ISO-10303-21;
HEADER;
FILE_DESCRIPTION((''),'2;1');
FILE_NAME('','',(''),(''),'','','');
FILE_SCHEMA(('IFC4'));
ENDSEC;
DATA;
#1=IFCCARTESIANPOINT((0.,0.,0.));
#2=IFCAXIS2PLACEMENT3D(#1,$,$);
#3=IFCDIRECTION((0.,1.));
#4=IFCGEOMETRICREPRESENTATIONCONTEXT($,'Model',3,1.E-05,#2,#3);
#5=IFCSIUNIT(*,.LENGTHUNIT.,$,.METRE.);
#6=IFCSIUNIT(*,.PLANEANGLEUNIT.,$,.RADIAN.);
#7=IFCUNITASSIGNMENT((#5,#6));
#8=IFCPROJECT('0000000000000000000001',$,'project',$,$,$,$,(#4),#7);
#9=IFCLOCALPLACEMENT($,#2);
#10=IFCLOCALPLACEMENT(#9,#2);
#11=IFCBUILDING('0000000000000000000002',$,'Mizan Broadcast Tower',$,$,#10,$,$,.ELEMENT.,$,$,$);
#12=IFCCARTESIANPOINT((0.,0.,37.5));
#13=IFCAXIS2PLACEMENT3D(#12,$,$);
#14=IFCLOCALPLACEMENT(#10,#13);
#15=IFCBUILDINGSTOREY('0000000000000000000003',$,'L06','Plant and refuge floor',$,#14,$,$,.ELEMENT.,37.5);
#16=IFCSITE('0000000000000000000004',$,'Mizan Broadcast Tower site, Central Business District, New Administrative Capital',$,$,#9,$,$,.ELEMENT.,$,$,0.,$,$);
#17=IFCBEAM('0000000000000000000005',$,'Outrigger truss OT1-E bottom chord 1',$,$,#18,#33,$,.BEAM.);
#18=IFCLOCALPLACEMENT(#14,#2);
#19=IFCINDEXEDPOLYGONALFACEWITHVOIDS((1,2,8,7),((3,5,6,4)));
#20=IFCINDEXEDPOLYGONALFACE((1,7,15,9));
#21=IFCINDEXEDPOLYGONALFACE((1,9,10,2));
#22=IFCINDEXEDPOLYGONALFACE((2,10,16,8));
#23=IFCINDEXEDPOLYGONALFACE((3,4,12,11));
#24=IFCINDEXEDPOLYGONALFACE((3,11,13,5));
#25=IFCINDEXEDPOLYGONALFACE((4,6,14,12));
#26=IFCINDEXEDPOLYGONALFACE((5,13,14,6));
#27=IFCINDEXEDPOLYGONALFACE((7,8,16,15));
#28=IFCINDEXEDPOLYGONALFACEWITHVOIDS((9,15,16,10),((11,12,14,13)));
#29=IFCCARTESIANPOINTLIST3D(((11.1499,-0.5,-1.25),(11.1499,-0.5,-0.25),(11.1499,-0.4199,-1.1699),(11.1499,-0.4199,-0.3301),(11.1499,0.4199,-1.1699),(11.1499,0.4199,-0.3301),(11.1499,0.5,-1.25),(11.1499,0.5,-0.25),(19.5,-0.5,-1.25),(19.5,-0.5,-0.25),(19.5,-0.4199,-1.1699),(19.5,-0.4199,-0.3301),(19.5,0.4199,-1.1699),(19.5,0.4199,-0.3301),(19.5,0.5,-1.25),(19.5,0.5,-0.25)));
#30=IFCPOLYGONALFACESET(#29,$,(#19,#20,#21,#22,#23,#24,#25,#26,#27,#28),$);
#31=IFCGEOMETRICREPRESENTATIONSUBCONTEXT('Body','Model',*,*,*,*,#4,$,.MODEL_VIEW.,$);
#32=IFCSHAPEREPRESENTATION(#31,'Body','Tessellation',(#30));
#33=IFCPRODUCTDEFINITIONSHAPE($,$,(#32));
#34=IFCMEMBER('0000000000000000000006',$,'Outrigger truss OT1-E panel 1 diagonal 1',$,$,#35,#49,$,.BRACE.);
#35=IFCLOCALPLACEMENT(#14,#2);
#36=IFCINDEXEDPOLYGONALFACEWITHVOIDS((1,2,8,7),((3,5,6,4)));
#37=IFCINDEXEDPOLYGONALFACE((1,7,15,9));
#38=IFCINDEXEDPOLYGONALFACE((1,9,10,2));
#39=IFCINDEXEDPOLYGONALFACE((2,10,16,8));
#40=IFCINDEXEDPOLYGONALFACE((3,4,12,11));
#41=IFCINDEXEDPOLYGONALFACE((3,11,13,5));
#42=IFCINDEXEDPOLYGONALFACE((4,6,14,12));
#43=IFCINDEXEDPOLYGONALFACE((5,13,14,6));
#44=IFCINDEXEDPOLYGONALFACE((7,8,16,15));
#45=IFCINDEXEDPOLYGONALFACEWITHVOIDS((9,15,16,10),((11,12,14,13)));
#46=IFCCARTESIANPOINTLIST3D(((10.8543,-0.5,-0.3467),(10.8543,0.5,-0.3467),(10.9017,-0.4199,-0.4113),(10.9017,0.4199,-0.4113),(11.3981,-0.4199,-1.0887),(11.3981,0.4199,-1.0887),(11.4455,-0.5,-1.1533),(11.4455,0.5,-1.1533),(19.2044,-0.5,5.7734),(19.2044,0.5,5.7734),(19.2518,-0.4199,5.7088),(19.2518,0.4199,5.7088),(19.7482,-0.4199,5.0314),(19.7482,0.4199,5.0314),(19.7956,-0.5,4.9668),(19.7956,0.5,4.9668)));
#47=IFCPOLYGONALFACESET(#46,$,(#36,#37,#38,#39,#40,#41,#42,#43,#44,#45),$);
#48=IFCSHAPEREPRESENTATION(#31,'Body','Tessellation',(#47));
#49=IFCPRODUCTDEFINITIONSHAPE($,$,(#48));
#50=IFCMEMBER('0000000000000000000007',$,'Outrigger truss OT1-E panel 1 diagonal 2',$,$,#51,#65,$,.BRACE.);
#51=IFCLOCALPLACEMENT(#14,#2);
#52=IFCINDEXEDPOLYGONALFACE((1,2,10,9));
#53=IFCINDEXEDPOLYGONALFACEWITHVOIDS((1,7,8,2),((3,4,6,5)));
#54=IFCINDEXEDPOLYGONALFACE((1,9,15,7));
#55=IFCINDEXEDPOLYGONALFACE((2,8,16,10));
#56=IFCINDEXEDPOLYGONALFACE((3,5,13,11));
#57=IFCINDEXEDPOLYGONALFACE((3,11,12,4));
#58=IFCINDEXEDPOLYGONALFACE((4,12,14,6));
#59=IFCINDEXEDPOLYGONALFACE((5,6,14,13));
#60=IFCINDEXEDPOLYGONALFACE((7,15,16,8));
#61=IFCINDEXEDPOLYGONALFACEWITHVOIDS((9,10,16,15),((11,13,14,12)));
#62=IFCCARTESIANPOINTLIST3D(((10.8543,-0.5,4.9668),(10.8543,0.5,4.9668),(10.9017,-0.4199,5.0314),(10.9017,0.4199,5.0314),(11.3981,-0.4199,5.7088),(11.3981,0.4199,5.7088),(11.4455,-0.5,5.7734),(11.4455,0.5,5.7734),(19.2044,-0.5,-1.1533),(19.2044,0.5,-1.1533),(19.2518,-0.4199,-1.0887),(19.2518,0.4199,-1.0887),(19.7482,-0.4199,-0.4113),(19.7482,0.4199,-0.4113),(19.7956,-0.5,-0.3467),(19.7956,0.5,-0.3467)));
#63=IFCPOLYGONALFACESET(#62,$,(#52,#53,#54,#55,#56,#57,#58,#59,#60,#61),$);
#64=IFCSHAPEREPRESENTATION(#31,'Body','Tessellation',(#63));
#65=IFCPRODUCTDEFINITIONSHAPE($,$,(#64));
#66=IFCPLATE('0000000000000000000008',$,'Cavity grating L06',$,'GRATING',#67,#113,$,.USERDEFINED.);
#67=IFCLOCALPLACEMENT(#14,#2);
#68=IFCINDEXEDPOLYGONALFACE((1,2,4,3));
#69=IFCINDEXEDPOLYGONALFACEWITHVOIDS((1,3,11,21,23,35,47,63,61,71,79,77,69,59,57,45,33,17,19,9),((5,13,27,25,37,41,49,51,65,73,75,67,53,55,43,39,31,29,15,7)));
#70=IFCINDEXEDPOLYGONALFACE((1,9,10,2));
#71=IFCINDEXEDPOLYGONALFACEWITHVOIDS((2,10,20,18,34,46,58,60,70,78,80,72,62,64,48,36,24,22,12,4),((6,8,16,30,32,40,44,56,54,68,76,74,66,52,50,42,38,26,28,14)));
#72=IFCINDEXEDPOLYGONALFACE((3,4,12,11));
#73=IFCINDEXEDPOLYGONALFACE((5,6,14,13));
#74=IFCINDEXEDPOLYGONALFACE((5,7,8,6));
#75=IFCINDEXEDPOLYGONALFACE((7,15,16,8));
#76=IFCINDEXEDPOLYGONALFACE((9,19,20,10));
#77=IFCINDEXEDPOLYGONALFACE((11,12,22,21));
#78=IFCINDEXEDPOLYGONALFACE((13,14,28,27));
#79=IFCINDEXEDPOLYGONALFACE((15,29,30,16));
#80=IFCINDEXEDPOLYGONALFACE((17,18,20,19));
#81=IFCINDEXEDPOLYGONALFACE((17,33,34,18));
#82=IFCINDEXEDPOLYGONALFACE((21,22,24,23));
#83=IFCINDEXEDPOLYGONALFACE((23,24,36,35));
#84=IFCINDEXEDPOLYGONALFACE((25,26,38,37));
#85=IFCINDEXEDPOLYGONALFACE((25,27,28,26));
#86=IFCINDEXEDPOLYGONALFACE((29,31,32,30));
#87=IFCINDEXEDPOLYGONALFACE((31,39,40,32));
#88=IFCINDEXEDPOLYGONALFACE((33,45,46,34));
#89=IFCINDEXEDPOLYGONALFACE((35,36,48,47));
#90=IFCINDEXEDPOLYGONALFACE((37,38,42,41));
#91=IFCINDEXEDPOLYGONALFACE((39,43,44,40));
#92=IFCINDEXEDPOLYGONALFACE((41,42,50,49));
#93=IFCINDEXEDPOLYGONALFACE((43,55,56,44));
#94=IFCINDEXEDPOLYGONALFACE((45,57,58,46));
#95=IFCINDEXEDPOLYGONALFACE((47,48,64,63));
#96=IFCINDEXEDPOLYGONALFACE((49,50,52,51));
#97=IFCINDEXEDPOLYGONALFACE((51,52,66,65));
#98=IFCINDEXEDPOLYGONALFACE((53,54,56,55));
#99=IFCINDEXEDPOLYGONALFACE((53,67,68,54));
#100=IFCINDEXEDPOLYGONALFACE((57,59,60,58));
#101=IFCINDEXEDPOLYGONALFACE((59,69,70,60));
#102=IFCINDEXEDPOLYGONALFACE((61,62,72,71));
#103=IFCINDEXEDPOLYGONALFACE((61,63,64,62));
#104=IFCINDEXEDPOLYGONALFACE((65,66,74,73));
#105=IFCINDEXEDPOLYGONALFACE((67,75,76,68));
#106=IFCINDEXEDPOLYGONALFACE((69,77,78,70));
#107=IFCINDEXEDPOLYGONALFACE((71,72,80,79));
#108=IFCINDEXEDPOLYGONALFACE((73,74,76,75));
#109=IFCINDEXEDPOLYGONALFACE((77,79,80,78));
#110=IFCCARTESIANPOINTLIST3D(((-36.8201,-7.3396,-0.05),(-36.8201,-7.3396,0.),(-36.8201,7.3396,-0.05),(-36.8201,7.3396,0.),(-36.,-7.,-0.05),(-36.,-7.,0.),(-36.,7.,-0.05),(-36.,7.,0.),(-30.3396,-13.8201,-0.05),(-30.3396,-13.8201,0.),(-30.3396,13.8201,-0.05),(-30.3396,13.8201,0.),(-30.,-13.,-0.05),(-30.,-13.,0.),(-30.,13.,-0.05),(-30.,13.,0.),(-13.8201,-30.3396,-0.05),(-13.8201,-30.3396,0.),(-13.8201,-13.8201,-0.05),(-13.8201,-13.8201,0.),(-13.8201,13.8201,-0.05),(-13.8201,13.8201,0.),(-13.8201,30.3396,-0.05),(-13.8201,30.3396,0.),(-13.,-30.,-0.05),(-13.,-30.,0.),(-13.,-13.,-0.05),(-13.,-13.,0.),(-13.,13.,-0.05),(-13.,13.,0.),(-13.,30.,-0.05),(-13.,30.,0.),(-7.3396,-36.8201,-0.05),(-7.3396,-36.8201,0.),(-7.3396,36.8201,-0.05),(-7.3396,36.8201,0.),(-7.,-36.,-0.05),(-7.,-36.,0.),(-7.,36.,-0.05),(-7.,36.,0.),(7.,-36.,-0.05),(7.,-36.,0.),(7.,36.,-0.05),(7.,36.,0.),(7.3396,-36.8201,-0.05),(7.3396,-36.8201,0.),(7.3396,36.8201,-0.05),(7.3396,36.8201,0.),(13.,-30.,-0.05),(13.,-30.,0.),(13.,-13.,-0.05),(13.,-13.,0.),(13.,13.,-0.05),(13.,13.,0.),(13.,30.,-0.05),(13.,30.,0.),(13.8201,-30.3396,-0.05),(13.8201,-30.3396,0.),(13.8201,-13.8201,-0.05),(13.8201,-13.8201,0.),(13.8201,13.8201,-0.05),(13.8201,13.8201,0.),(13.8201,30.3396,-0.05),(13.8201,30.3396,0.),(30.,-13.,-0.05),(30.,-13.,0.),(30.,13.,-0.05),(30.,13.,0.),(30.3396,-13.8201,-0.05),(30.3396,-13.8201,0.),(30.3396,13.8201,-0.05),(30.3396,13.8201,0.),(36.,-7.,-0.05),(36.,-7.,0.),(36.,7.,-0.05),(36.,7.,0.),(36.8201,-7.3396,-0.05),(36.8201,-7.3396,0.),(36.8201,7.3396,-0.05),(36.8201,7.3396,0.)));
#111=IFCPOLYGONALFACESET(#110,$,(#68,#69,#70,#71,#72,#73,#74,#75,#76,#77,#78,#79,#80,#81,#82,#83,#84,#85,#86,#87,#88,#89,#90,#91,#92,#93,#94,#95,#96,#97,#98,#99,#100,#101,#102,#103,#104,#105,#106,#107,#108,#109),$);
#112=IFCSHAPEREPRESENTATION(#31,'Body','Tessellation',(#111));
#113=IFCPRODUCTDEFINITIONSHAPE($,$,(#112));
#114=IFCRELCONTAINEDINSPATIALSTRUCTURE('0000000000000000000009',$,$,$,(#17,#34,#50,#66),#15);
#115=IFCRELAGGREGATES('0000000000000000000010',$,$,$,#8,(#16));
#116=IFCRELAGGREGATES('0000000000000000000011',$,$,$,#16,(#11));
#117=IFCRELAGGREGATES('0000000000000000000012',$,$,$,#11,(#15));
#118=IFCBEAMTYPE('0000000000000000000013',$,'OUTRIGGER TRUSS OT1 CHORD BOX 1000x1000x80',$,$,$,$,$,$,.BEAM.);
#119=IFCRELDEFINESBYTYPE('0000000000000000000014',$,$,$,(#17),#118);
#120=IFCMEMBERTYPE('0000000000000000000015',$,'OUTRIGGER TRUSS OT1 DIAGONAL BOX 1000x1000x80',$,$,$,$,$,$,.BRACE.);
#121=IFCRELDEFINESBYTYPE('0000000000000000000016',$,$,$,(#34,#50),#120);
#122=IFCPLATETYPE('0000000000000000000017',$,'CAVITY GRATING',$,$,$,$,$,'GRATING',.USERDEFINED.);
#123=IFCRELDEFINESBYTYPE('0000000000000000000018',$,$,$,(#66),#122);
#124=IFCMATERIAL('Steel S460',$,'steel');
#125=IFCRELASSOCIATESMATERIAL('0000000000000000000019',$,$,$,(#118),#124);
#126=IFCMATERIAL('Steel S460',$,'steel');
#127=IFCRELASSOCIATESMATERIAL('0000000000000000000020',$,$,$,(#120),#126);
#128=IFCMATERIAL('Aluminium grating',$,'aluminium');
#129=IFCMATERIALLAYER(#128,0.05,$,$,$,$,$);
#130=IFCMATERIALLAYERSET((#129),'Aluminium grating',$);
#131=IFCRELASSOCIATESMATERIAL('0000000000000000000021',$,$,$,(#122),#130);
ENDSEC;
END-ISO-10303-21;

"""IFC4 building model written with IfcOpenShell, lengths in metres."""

from ifc_helpers import new_model, si_unit, direction, frame, origin, origin_2d, place, context, subcontext, project, spatial, polyline, hollow_rectangle, outline, extrude, material, layer, layer_set, material_profile, profile_set, type_object, element, save


model = new_model("IFC4")

# Units and contexts
model_context = context("Model", 3, precision=1e-05, world=origin(), true_north=direction((0.0, 1.0)))
body_context = subcontext(model_context, "Body", "Model", "MODEL_VIEW")
ifc_project = project(units=[si_unit("LENGTHUNIT", "METRE"), si_unit("PLANEANGLEUNIT", "RADIAN")], contexts=[model_context])

# Site, building, storey
site_placement = place(None, origin())
site = spatial("IfcSite", under=ifc_project, at=site_placement, Name="Mizan Broadcast Tower site, Central Business District, New Administrative Capital", CompositionType="ELEMENT", RefElevation=0.0)
building_placement = place(site_placement, origin())
building = spatial("IfcBuilding", under=site, at=building_placement, Name="Mizan Broadcast Tower", CompositionType="ELEMENT")
storey_placement = place(building_placement, frame((0.0, 0.0, 37.5)))
storey = spatial("IfcBuildingStorey", under=building, at=storey_placement, Name="L06", Description="Plant and refuge floor", CompositionType="ELEMENT", Elevation=37.5)

# Beam
ifc_material_1 = material(Name="Steel S460", Category="steel")
ifc_material_profile_1 = material_profile(ifc_material_1, hollow_rectangle(XDim=1.0, YDim=1.0, WallThickness=0.0801, at=origin_2d()), Name="BOX 1000x1000x80")
ifc_profile_set_1 = profile_set([ifc_material_profile_1], Name="Steel S460")
beam_type = type_object("IfcBeamType", Name="OUTRIGGER TRUSS OT1 CHORD BOX 1000x1000x80", PredefinedType="BEAM", material=ifc_profile_set_1)
beam_placement = place(storey_placement, frame((11.1499, 0.0, -0.75), z_axis=(1.0, 0.0, 0.0), x_axis=(0.0, 1.0, 0.0)))
element("IfcBeam", 1, at=beam_placement, inside=storey, type_object=beam_type, Name="Outrigger truss OT1-E bottom chord 1", PredefinedType="BEAM", context=body_context, shape_type="SweptSolid", body=[
    extrude(hollow_rectangle(XDim=1.0, YDim=1.0, WallThickness=0.0801, at=origin_2d()), origin(), (0.0, 0.0, 1.0), 8.3501),
])

# Members
ifc_material_2 = material(Name="Steel S460", Category="steel")
ifc_material_profile_2 = material_profile(ifc_material_2, hollow_rectangle(XDim=1.0, YDim=1.0, WallThickness=0.0801, at=origin_2d()), Name="BOX 1000x1000x80")
ifc_profile_set_2 = profile_set([ifc_material_profile_2], Name="Steel S460")
member_type = type_object("IfcMemberType", Name="OUTRIGGER TRUSS OT1 DIAGONAL BOX 1000x1000x80", PredefinedType="BRACE", material=ifc_profile_set_2)
for number, where, z_axis, x_axis, name in (
    (2, (11.1499, 0.0, -0.75), (0.806556, 0.0, 0.591157), (0.0, 1.0, 0.0), "Outrigger truss OT1-E panel 1 diagonal 1"),
    (3, (11.1499, 0.0, 5.3701), (0.806556, 0.0, -0.591157), (0.0, 1.0, 0.0), "Outrigger truss OT1-E panel 1 diagonal 2"),
):
    element("IfcMember", number, at=place(storey_placement, frame(where, z_axis=z_axis, x_axis=x_axis)), inside=storey, type_object=member_type, Name=name, PredefinedType="BRACE", context=body_context, shape_type="SweptSolid", body=[
        extrude(hollow_rectangle(XDim=1.0, YDim=1.0, WallThickness=0.0801, at=origin_2d()), origin(), (0.0, 0.0, 1.0), 10.3528),
    ])

# Plate
ifc_material_3 = material(Name="Aluminium grating", Category="aluminium")
ifc_layer_1 = layer(ifc_material_3, 0.05)
ifc_layer_set_1 = layer_set([ifc_layer_1], Name="Aluminium grating")
plate_type = type_object("IfcPlateType", Name="CAVITY GRATING", ElementType="GRATING", PredefinedType="USERDEFINED", material=ifc_layer_set_1)
plate_placement = place(storey_placement, frame((0.0, 0.0, -0.05)))
element("IfcPlate", 4, at=plate_placement, inside=storey, type_object=plate_type, Name="Cavity grating L06", ObjectType="GRATING", PredefinedType="USERDEFINED", context=body_context, shape_type="SweptSolid", body=[
    extrude(outline(polyline([(7.3396, -36.8201), (13.8201, -30.3396), (13.8201, -13.8201), (30.3396, -13.8201), (36.8201, -7.3396), (36.8201, 7.3396), (30.3396, 13.8201), (13.8201, 13.8201), (13.8201, 30.3396), (7.3396, 36.8201), (-7.3396, 36.8201), (-13.8201, 30.3396), (-13.8201, 13.8201), (-30.3396, 13.8201), (-36.8201, 7.3396), (-36.8201, -7.3396), (-30.3396, -13.8201), (-13.8201, -13.8201), (-13.8201, -30.3396), (-7.3396, -36.8201), (7.3396, -36.8201)]), holes=[polyline([(36.0, -7.0), (30.0, -13.0), (13.0, -13.0), (13.0, -30.0), (7.0, -36.0), (-7.0, -36.0), (-13.0, -30.0), (-13.0, -13.0), (-30.0, -13.0), (-36.0, -7.0), (-36.0, 7.0), (-30.0, 13.0), (-13.0, 13.0), (-13.0, 30.0), (-7.0, 36.0), (7.0, 36.0), (13.0, 30.0), (13.0, 13.0), (30.0, 13.0), (36.0, 7.0), (36.0, -7.0)])]), origin(), (0.0, 0.0, 1.0), 0.05),
])

save(model, "model.ifc")
